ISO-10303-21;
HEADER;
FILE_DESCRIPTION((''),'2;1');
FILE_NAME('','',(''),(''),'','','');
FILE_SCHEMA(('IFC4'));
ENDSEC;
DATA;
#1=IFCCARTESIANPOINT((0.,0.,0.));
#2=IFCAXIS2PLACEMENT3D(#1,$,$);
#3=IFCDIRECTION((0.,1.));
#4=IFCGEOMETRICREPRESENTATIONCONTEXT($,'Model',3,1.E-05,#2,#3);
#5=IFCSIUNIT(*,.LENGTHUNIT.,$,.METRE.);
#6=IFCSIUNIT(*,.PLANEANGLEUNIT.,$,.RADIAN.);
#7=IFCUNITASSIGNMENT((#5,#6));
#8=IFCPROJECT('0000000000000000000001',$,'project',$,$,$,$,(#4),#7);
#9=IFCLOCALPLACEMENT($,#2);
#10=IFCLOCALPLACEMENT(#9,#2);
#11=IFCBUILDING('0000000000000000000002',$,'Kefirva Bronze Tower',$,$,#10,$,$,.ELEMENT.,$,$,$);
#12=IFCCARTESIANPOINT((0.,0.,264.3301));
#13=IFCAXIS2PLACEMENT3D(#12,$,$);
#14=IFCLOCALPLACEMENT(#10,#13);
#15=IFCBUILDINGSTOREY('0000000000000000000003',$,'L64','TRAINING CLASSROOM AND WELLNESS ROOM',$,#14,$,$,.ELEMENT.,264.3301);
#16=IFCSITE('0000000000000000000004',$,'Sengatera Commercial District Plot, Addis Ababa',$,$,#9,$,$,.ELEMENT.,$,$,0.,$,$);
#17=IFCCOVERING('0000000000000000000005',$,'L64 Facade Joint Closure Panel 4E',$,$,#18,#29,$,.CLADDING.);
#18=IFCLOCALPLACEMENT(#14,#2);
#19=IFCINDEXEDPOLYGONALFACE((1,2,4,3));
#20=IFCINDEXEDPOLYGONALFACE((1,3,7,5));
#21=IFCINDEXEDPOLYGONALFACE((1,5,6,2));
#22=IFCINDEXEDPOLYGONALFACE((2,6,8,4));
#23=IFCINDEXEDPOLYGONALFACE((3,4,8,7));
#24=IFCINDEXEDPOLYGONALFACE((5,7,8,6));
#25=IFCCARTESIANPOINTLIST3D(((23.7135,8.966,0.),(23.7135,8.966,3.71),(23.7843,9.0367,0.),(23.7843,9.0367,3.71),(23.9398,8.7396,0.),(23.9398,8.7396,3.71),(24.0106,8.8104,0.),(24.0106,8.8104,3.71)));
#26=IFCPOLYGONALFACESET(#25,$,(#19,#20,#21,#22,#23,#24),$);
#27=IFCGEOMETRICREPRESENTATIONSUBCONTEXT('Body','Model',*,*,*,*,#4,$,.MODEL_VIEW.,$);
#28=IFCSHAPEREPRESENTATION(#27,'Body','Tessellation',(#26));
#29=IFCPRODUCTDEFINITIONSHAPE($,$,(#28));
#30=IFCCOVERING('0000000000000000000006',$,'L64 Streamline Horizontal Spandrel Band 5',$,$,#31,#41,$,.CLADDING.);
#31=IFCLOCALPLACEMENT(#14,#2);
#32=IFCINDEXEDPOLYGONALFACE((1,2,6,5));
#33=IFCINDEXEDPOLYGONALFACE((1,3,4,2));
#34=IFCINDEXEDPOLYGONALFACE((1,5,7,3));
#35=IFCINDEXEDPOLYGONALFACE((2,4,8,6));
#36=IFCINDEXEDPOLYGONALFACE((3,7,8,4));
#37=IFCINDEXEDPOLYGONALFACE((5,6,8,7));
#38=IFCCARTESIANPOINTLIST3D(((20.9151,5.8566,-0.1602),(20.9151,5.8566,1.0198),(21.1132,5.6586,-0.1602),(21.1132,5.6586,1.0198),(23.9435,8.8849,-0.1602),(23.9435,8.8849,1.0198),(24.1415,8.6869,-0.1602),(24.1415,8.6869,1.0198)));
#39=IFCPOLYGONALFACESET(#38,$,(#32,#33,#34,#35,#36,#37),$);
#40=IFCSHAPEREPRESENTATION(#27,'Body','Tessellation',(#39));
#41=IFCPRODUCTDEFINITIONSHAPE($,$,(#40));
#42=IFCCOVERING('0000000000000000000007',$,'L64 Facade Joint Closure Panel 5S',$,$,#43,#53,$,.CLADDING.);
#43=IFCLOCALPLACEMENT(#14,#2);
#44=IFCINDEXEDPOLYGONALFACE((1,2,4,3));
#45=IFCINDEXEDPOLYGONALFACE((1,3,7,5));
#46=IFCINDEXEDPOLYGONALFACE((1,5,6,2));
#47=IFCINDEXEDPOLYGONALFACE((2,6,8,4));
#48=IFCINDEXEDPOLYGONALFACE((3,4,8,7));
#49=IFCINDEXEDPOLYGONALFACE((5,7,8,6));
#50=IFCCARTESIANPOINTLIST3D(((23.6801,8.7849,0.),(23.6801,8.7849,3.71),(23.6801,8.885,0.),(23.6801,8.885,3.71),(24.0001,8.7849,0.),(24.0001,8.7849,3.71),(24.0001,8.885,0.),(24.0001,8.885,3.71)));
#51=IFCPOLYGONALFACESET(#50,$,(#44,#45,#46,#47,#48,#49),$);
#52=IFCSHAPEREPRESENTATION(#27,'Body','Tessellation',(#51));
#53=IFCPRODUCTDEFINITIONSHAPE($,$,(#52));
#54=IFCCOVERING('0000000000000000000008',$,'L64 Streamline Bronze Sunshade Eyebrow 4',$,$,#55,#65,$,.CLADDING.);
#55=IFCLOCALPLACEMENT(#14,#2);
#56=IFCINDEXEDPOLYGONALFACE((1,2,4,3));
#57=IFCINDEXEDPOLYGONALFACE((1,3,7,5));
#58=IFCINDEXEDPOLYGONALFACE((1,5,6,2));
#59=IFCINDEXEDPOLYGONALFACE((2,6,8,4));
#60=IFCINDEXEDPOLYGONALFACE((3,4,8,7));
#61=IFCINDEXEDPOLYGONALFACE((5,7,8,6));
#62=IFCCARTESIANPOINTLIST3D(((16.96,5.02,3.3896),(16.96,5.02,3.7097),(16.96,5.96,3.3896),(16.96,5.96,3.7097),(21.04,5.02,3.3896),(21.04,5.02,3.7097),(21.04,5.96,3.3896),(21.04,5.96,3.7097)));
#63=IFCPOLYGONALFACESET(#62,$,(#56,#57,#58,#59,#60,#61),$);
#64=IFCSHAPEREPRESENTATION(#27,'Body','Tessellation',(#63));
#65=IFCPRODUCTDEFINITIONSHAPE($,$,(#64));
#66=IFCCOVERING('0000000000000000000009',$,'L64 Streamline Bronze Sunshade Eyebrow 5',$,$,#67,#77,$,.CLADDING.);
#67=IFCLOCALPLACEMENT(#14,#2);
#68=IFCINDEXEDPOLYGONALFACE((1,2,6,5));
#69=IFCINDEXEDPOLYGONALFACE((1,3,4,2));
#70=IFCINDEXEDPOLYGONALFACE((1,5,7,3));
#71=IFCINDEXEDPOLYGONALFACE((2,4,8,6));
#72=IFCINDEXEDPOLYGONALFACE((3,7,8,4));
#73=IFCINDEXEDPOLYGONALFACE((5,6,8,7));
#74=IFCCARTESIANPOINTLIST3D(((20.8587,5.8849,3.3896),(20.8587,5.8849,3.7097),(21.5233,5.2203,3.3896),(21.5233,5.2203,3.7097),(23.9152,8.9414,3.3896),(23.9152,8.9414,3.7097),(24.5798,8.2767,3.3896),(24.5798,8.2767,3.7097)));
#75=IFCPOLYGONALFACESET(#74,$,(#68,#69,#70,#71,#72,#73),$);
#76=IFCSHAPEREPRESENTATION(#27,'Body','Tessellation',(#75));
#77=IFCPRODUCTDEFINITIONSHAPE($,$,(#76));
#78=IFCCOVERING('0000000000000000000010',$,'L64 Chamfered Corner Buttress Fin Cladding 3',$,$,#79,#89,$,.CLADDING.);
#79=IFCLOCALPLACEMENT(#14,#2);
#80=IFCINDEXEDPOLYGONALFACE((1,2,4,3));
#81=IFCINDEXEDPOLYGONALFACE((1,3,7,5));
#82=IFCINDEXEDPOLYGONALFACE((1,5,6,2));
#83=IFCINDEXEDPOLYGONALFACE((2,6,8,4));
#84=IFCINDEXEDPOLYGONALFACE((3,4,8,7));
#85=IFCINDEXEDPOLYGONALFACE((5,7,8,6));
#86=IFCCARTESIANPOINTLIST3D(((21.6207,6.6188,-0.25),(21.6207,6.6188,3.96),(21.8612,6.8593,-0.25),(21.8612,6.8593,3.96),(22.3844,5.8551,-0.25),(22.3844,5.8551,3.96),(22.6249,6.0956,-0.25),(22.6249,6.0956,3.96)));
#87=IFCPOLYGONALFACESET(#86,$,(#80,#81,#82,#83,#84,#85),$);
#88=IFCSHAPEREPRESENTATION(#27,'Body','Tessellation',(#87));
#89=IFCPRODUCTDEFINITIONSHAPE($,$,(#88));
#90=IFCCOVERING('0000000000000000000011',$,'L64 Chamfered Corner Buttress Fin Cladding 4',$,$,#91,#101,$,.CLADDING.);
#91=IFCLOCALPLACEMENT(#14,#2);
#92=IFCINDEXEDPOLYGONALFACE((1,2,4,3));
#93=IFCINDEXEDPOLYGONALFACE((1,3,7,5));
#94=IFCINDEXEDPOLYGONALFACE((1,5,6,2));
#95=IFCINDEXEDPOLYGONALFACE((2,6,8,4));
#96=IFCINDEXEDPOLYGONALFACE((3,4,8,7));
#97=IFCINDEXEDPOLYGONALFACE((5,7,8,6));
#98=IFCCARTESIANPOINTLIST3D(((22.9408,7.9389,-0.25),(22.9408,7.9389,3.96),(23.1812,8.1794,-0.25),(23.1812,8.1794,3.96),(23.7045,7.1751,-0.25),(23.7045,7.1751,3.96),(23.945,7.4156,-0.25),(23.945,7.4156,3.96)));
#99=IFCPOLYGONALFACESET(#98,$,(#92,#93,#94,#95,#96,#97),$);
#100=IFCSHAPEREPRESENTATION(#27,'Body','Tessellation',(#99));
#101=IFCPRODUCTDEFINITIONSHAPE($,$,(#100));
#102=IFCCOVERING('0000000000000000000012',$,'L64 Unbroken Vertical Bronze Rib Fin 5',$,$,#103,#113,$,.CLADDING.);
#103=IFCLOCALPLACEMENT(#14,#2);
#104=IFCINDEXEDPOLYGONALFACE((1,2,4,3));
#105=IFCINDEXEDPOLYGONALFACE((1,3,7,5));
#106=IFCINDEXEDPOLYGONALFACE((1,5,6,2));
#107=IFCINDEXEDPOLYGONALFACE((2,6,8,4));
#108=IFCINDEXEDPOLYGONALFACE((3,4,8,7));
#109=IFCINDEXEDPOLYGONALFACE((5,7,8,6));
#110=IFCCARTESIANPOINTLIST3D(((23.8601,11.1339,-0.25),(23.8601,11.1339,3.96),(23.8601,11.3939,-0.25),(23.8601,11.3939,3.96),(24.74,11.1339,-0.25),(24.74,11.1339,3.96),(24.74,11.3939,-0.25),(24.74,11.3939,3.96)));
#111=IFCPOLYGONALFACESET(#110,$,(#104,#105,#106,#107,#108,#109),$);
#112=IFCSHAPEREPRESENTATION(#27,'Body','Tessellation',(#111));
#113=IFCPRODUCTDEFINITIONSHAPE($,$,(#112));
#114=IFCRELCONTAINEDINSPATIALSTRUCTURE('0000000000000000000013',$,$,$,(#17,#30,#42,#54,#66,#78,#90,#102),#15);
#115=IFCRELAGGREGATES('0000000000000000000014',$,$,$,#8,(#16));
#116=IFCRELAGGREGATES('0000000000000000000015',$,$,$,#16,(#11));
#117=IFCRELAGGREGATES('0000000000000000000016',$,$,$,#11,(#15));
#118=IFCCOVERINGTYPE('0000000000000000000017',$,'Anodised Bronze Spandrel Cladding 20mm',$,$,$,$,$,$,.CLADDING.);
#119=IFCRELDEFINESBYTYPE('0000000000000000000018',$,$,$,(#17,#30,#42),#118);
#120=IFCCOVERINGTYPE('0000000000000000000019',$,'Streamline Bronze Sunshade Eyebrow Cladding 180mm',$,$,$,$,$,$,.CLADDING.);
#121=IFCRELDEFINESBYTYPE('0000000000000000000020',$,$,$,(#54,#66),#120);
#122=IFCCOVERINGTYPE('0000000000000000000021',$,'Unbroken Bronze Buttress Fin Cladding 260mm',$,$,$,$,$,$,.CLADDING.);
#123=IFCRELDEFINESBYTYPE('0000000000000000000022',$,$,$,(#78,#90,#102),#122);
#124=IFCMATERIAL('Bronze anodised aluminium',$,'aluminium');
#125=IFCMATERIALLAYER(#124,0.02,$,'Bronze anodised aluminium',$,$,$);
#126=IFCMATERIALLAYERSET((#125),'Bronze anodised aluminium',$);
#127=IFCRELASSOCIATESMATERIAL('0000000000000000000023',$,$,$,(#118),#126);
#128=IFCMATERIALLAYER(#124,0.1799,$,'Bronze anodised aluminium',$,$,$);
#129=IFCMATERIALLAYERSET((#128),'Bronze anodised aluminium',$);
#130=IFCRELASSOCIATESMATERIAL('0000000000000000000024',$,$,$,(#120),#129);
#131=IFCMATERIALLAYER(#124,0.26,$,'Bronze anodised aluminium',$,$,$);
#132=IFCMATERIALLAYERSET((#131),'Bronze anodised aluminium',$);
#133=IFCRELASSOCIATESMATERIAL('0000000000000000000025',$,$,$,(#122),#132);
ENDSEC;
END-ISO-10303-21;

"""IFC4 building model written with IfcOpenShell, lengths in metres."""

from ifc_helpers import new_model, si_unit, direction, frame, origin, origin_2d, place, context, subcontext, project, spatial, rectangle, extrude, material, layer, layer_set, type_object, element, save


model = new_model("IFC4")

# Units and contexts
model_context = context("Model", 3, precision=1e-05, world=origin(), true_north=direction((0.0, 1.0)))
body_context = subcontext(model_context, "Body", "Model", "MODEL_VIEW")
ifc_project = project(units=[si_unit("LENGTHUNIT", "METRE"), si_unit("PLANEANGLEUNIT", "RADIAN")], contexts=[model_context])

# Site, building, storey
site_placement = place(None, origin())
site = spatial("IfcSite", under=ifc_project, at=site_placement, Name="Sengatera Commercial District Plot, Addis Ababa", CompositionType="ELEMENT", RefElevation=0.0)
building_placement = place(site_placement, origin())
building = spatial("IfcBuilding", under=site, at=building_placement, Name="Kefirva Bronze Tower", CompositionType="ELEMENT")
storey_placement = place(building_placement, frame((0.0, 0.0, 264.3301)))
storey = spatial("IfcBuildingStorey", under=building, at=storey_placement, Name="L64", Description="TRAINING CLASSROOM AND WELLNESS ROOM", CompositionType="ELEMENT", Elevation=264.3301)

# Coverings
ifc_material_1 = material(Name="Bronze anodised aluminium", Category="aluminium")
ifc_layer_1 = layer(ifc_material_1, 0.02, Name="Bronze anodised aluminium")
ifc_layer_set_1 = layer_set([ifc_layer_1], Name="Bronze anodised aluminium")
covering_type_1 = type_object("IfcCoveringType", Name="Anodised Bronze Spandrel Cladding 20mm", PredefinedType="CLADDING", material=ifc_layer_set_1)
for number, where, z_axis, x_axis, name in (
    (1, (23.8621, 8.8882, 0.0), (0.0, 0.0, 1.0), (0.707107, 0.707107, 0.0), "L64 Facade Joint Closure Panel 4E"),
):
    element("IfcCovering", number, at=place(storey_placement, frame(where, z_axis=z_axis, x_axis=x_axis)), inside=storey, type_object=covering_type_1, Name=name, PredefinedType="CLADDING", context=body_context, shape_type="SweptSolid", body=[
        extrude(rectangle(XDim=0.1001, YDim=0.3201, at=origin_2d()), origin(), (0.0, 0.0, 1.0), 3.71),
    ])
covering_1_placement = place(storey_placement, frame((22.5283, 7.2717, -0.1602), z_axis=(0.0, 0.0, 1.0), x_axis=(0.707107, 0.707107, 0.0)))
element("IfcCovering", 2, at=covering_1_placement, inside=storey, type_object=covering_type_1, Name="L64 Streamline Horizontal Spandrel Band 5", PredefinedType="CLADDING", context=body_context, shape_type="SweptSolid", body=[
    extrude(rectangle(XDim=4.2827, YDim=0.28, at=origin_2d()), origin(), (0.0, 0.0, 1.0), 1.1799),
])
covering_2_placement = place(storey_placement, frame((23.8401, 8.835, 0.0), z_axis=(0.0, 0.0, 1.0), x_axis=(0.0, 1.0, 0.0)))
element("IfcCovering", 3, at=covering_2_placement, inside=storey, type_object=covering_type_1, Name="L64 Facade Joint Closure Panel 5S", PredefinedType="CLADDING", context=body_context, shape_type="SweptSolid", body=[
    extrude(rectangle(XDim=0.1001, YDim=0.3201, at=origin_2d()), origin(), (0.0, 0.0, 1.0), 3.71),
])
ifc_layer_2 = layer(ifc_material_1, 0.1799, Name="Bronze anodised aluminium")
ifc_layer_set_2 = layer_set([ifc_layer_2], Name="Bronze anodised aluminium")
covering_type_2 = type_object("IfcCoveringType", Name="Streamline Bronze Sunshade Eyebrow Cladding 180mm", PredefinedType="CLADDING", material=ifc_layer_set_2)
covering_3_placement = place(storey_placement, frame((19.0, 5.49, 3.3896), z_axis=(0.0, 0.0, 1.0), x_axis=(1.0, 0.0, 0.0)))
element("IfcCovering", 4, at=covering_3_placement, inside=storey, type_object=covering_type_2, Name="L64 Streamline Bronze Sunshade Eyebrow 4", PredefinedType="CLADDING", context=body_context, shape_type="SweptSolid", body=[
    extrude(rectangle(XDim=4.0801, YDim=0.9399, at=origin_2d()), origin(), (0.0, 0.0, 1.0), 0.3201),
])
covering_4_placement = place(storey_placement, frame((22.7192, 7.0808, 3.3896), z_axis=(0.0, 0.0, 1.0), x_axis=(0.707107, 0.707107, 0.0)))
element("IfcCovering", 5, at=covering_4_placement, inside=storey, type_object=covering_type_2, Name="L64 Streamline Bronze Sunshade Eyebrow 5", PredefinedType="CLADDING", context=body_context, shape_type="SweptSolid", body=[
    extrude(rectangle(XDim=4.3225, YDim=0.9399, at=origin_2d()), origin(), (0.0, 0.0, 1.0), 0.3201),
])
ifc_layer_3 = layer(ifc_material_1, 0.26, Name="Bronze anodised aluminium")
ifc_layer_set_3 = layer_set([ifc_layer_3], Name="Bronze anodised aluminium")
covering_type_3 = type_object("IfcCoveringType", Name="Unbroken Bronze Buttress Fin Cladding 260mm", PredefinedType="CLADDING", material=ifc_layer_set_3)
for number, where, z_axis, x_axis, name in (
    (6, (22.1228, 6.3572, -0.25), (0.0, 0.0, 1.0), (0.707107, 0.707107, 0.0), "L64 Chamfered Corner Buttress Fin Cladding 3"),
    (7, (23.4429, 7.6772, -0.25), (0.0, 0.0, 1.0), (0.707107, 0.707107, 0.0), "L64 Chamfered Corner Buttress Fin Cladding 4"),
):
    element("IfcCovering", number, at=place(storey_placement, frame(where, z_axis=z_axis, x_axis=x_axis)), inside=storey, type_object=covering_type_3, Name=name, PredefinedType="CLADDING", context=body_context, shape_type="SweptSolid", body=[
        extrude(rectangle(XDim=0.3401, YDim=1.0801, at=origin_2d()), origin(), (0.0, 0.0, 1.0), 4.21),
    ])
covering_5_placement = place(storey_placement, frame((24.3, 11.2639, -0.25), z_axis=(0.0, 0.0, 1.0), x_axis=(0.0, 1.0, 0.0)))
element("IfcCovering", 8, at=covering_5_placement, inside=storey, type_object=covering_type_3, Name="L64 Unbroken Vertical Bronze Rib Fin 5", PredefinedType="CLADDING", context=body_context, shape_type="SweptSolid", body=[
    extrude(rectangle(XDim=0.26, YDim=0.8799, at=origin_2d()), origin(), (0.0, 0.0, 1.0), 4.21),
])

save(model, "model.ifc")
